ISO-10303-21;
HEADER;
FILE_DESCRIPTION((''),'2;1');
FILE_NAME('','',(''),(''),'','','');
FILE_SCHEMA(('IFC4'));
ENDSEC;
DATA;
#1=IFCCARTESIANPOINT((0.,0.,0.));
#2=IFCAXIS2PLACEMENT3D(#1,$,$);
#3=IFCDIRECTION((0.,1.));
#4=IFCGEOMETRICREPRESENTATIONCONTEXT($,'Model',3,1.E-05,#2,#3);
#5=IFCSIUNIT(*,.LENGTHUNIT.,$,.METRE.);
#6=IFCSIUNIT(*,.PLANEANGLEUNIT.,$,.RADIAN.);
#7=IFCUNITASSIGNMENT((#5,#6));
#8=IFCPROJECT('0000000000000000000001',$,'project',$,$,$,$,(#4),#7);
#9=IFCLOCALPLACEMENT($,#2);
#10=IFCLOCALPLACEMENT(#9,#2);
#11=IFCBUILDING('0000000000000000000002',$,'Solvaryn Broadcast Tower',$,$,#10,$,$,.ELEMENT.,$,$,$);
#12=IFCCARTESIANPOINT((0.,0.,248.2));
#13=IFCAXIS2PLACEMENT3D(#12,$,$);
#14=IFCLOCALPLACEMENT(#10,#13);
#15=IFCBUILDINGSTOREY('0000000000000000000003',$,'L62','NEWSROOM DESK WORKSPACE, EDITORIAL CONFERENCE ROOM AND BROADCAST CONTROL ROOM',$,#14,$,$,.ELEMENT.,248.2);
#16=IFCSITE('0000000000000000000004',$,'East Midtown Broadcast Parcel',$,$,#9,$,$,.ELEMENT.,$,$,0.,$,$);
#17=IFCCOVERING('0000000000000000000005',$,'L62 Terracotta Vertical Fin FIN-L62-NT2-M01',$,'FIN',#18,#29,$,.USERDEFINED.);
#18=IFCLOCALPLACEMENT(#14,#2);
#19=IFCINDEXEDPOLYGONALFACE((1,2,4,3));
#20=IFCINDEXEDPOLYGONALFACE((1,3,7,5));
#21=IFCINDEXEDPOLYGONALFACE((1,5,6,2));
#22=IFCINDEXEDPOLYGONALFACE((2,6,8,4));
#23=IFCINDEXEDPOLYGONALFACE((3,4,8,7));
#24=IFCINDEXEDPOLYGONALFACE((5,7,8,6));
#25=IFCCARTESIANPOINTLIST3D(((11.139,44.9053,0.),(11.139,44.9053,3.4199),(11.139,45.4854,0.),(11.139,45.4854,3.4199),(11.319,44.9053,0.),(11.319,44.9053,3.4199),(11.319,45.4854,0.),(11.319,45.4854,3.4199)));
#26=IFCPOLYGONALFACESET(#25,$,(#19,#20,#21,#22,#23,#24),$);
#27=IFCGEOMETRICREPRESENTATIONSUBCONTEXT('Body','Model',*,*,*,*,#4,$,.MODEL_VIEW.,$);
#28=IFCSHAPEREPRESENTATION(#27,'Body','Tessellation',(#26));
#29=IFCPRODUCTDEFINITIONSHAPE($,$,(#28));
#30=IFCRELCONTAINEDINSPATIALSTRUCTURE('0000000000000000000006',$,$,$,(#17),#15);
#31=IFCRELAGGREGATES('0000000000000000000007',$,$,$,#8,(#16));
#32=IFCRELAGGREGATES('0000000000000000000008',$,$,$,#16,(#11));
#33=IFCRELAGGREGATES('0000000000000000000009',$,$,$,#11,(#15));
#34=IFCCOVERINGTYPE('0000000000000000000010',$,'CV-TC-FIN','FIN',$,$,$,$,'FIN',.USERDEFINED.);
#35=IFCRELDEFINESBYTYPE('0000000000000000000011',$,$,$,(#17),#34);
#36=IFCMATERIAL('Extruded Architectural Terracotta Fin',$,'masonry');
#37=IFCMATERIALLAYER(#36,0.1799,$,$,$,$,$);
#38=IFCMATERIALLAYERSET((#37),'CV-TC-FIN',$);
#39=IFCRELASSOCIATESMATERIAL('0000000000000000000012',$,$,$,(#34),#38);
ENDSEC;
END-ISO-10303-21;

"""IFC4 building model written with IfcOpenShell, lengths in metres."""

from ifc_helpers import new_model, si_unit, direction, frame, origin, origin_2d, place, context, subcontext, project, spatial, rectangle, extrude, material, layer, layer_set, type_object, element, save


model = new_model("IFC4")

# Units and contexts
model_context = context("Model", 3, precision=1e-05, world=origin(), true_north=direction((0.0, 1.0)))
body_context = subcontext(model_context, "Body", "Model", "MODEL_VIEW")
ifc_project = project(units=[si_unit("LENGTHUNIT", "METRE"), si_unit("PLANEANGLEUNIT", "RADIAN")], contexts=[model_context])

# Site, building, storey
site_placement = place(None, origin())
site = spatial("IfcSite", under=ifc_project, at=site_placement, Name="East Midtown Broadcast Parcel", CompositionType="ELEMENT", RefElevation=0.0)
building_placement = place(site_placement, origin())
building = spatial("IfcBuilding", under=site, at=building_placement, Name="Solvaryn Broadcast Tower", CompositionType="ELEMENT")
storey_placement = place(building_placement, frame((0.0, 0.0, 248.2)))
storey = spatial("IfcBuildingStorey", under=building, at=storey_placement, Name="L62", Description="NEWSROOM DESK WORKSPACE, EDITORIAL CONFERENCE ROOM AND BROADCAST CONTROL ROOM", CompositionType="ELEMENT", Elevation=248.2)

# Covering
ifc_material_1 = material(Name="Extruded Architectural Terracotta Fin", Category="masonry")
ifc_layer_1 = layer(ifc_material_1, 0.1799)
ifc_layer_set_1 = layer_set([ifc_layer_1], Name="CV-TC-FIN")
covering_type_1 = type_object("IfcCoveringType", Name="CV-TC-FIN", Description="FIN", ElementType="FIN", PredefinedType="USERDEFINED", material=ifc_layer_set_1)
for number, where, z_axis, x_axis, name in (
    (1, (11.229, 45.1953, 0.0), (0.0, 0.0, 1.0), (1.0, 0.0, 0.0), "L62 Terracotta Vertical Fin FIN-L62-NT2-M01"),
):
    element("IfcCovering", number, at=place(storey_placement, frame(where, z_axis=z_axis, x_axis=x_axis)), inside=storey, type_object=covering_type_1, Name=name, ObjectType="FIN", PredefinedType="USERDEFINED", context=body_context, shape_type="SweptSolid", body=[
        extrude(rectangle(XDim=0.1799, YDim=0.5801, at=origin_2d()), origin(), (0.0, 0.0, 1.0), 3.4199),
    ])

save(model, "model.ifc")
